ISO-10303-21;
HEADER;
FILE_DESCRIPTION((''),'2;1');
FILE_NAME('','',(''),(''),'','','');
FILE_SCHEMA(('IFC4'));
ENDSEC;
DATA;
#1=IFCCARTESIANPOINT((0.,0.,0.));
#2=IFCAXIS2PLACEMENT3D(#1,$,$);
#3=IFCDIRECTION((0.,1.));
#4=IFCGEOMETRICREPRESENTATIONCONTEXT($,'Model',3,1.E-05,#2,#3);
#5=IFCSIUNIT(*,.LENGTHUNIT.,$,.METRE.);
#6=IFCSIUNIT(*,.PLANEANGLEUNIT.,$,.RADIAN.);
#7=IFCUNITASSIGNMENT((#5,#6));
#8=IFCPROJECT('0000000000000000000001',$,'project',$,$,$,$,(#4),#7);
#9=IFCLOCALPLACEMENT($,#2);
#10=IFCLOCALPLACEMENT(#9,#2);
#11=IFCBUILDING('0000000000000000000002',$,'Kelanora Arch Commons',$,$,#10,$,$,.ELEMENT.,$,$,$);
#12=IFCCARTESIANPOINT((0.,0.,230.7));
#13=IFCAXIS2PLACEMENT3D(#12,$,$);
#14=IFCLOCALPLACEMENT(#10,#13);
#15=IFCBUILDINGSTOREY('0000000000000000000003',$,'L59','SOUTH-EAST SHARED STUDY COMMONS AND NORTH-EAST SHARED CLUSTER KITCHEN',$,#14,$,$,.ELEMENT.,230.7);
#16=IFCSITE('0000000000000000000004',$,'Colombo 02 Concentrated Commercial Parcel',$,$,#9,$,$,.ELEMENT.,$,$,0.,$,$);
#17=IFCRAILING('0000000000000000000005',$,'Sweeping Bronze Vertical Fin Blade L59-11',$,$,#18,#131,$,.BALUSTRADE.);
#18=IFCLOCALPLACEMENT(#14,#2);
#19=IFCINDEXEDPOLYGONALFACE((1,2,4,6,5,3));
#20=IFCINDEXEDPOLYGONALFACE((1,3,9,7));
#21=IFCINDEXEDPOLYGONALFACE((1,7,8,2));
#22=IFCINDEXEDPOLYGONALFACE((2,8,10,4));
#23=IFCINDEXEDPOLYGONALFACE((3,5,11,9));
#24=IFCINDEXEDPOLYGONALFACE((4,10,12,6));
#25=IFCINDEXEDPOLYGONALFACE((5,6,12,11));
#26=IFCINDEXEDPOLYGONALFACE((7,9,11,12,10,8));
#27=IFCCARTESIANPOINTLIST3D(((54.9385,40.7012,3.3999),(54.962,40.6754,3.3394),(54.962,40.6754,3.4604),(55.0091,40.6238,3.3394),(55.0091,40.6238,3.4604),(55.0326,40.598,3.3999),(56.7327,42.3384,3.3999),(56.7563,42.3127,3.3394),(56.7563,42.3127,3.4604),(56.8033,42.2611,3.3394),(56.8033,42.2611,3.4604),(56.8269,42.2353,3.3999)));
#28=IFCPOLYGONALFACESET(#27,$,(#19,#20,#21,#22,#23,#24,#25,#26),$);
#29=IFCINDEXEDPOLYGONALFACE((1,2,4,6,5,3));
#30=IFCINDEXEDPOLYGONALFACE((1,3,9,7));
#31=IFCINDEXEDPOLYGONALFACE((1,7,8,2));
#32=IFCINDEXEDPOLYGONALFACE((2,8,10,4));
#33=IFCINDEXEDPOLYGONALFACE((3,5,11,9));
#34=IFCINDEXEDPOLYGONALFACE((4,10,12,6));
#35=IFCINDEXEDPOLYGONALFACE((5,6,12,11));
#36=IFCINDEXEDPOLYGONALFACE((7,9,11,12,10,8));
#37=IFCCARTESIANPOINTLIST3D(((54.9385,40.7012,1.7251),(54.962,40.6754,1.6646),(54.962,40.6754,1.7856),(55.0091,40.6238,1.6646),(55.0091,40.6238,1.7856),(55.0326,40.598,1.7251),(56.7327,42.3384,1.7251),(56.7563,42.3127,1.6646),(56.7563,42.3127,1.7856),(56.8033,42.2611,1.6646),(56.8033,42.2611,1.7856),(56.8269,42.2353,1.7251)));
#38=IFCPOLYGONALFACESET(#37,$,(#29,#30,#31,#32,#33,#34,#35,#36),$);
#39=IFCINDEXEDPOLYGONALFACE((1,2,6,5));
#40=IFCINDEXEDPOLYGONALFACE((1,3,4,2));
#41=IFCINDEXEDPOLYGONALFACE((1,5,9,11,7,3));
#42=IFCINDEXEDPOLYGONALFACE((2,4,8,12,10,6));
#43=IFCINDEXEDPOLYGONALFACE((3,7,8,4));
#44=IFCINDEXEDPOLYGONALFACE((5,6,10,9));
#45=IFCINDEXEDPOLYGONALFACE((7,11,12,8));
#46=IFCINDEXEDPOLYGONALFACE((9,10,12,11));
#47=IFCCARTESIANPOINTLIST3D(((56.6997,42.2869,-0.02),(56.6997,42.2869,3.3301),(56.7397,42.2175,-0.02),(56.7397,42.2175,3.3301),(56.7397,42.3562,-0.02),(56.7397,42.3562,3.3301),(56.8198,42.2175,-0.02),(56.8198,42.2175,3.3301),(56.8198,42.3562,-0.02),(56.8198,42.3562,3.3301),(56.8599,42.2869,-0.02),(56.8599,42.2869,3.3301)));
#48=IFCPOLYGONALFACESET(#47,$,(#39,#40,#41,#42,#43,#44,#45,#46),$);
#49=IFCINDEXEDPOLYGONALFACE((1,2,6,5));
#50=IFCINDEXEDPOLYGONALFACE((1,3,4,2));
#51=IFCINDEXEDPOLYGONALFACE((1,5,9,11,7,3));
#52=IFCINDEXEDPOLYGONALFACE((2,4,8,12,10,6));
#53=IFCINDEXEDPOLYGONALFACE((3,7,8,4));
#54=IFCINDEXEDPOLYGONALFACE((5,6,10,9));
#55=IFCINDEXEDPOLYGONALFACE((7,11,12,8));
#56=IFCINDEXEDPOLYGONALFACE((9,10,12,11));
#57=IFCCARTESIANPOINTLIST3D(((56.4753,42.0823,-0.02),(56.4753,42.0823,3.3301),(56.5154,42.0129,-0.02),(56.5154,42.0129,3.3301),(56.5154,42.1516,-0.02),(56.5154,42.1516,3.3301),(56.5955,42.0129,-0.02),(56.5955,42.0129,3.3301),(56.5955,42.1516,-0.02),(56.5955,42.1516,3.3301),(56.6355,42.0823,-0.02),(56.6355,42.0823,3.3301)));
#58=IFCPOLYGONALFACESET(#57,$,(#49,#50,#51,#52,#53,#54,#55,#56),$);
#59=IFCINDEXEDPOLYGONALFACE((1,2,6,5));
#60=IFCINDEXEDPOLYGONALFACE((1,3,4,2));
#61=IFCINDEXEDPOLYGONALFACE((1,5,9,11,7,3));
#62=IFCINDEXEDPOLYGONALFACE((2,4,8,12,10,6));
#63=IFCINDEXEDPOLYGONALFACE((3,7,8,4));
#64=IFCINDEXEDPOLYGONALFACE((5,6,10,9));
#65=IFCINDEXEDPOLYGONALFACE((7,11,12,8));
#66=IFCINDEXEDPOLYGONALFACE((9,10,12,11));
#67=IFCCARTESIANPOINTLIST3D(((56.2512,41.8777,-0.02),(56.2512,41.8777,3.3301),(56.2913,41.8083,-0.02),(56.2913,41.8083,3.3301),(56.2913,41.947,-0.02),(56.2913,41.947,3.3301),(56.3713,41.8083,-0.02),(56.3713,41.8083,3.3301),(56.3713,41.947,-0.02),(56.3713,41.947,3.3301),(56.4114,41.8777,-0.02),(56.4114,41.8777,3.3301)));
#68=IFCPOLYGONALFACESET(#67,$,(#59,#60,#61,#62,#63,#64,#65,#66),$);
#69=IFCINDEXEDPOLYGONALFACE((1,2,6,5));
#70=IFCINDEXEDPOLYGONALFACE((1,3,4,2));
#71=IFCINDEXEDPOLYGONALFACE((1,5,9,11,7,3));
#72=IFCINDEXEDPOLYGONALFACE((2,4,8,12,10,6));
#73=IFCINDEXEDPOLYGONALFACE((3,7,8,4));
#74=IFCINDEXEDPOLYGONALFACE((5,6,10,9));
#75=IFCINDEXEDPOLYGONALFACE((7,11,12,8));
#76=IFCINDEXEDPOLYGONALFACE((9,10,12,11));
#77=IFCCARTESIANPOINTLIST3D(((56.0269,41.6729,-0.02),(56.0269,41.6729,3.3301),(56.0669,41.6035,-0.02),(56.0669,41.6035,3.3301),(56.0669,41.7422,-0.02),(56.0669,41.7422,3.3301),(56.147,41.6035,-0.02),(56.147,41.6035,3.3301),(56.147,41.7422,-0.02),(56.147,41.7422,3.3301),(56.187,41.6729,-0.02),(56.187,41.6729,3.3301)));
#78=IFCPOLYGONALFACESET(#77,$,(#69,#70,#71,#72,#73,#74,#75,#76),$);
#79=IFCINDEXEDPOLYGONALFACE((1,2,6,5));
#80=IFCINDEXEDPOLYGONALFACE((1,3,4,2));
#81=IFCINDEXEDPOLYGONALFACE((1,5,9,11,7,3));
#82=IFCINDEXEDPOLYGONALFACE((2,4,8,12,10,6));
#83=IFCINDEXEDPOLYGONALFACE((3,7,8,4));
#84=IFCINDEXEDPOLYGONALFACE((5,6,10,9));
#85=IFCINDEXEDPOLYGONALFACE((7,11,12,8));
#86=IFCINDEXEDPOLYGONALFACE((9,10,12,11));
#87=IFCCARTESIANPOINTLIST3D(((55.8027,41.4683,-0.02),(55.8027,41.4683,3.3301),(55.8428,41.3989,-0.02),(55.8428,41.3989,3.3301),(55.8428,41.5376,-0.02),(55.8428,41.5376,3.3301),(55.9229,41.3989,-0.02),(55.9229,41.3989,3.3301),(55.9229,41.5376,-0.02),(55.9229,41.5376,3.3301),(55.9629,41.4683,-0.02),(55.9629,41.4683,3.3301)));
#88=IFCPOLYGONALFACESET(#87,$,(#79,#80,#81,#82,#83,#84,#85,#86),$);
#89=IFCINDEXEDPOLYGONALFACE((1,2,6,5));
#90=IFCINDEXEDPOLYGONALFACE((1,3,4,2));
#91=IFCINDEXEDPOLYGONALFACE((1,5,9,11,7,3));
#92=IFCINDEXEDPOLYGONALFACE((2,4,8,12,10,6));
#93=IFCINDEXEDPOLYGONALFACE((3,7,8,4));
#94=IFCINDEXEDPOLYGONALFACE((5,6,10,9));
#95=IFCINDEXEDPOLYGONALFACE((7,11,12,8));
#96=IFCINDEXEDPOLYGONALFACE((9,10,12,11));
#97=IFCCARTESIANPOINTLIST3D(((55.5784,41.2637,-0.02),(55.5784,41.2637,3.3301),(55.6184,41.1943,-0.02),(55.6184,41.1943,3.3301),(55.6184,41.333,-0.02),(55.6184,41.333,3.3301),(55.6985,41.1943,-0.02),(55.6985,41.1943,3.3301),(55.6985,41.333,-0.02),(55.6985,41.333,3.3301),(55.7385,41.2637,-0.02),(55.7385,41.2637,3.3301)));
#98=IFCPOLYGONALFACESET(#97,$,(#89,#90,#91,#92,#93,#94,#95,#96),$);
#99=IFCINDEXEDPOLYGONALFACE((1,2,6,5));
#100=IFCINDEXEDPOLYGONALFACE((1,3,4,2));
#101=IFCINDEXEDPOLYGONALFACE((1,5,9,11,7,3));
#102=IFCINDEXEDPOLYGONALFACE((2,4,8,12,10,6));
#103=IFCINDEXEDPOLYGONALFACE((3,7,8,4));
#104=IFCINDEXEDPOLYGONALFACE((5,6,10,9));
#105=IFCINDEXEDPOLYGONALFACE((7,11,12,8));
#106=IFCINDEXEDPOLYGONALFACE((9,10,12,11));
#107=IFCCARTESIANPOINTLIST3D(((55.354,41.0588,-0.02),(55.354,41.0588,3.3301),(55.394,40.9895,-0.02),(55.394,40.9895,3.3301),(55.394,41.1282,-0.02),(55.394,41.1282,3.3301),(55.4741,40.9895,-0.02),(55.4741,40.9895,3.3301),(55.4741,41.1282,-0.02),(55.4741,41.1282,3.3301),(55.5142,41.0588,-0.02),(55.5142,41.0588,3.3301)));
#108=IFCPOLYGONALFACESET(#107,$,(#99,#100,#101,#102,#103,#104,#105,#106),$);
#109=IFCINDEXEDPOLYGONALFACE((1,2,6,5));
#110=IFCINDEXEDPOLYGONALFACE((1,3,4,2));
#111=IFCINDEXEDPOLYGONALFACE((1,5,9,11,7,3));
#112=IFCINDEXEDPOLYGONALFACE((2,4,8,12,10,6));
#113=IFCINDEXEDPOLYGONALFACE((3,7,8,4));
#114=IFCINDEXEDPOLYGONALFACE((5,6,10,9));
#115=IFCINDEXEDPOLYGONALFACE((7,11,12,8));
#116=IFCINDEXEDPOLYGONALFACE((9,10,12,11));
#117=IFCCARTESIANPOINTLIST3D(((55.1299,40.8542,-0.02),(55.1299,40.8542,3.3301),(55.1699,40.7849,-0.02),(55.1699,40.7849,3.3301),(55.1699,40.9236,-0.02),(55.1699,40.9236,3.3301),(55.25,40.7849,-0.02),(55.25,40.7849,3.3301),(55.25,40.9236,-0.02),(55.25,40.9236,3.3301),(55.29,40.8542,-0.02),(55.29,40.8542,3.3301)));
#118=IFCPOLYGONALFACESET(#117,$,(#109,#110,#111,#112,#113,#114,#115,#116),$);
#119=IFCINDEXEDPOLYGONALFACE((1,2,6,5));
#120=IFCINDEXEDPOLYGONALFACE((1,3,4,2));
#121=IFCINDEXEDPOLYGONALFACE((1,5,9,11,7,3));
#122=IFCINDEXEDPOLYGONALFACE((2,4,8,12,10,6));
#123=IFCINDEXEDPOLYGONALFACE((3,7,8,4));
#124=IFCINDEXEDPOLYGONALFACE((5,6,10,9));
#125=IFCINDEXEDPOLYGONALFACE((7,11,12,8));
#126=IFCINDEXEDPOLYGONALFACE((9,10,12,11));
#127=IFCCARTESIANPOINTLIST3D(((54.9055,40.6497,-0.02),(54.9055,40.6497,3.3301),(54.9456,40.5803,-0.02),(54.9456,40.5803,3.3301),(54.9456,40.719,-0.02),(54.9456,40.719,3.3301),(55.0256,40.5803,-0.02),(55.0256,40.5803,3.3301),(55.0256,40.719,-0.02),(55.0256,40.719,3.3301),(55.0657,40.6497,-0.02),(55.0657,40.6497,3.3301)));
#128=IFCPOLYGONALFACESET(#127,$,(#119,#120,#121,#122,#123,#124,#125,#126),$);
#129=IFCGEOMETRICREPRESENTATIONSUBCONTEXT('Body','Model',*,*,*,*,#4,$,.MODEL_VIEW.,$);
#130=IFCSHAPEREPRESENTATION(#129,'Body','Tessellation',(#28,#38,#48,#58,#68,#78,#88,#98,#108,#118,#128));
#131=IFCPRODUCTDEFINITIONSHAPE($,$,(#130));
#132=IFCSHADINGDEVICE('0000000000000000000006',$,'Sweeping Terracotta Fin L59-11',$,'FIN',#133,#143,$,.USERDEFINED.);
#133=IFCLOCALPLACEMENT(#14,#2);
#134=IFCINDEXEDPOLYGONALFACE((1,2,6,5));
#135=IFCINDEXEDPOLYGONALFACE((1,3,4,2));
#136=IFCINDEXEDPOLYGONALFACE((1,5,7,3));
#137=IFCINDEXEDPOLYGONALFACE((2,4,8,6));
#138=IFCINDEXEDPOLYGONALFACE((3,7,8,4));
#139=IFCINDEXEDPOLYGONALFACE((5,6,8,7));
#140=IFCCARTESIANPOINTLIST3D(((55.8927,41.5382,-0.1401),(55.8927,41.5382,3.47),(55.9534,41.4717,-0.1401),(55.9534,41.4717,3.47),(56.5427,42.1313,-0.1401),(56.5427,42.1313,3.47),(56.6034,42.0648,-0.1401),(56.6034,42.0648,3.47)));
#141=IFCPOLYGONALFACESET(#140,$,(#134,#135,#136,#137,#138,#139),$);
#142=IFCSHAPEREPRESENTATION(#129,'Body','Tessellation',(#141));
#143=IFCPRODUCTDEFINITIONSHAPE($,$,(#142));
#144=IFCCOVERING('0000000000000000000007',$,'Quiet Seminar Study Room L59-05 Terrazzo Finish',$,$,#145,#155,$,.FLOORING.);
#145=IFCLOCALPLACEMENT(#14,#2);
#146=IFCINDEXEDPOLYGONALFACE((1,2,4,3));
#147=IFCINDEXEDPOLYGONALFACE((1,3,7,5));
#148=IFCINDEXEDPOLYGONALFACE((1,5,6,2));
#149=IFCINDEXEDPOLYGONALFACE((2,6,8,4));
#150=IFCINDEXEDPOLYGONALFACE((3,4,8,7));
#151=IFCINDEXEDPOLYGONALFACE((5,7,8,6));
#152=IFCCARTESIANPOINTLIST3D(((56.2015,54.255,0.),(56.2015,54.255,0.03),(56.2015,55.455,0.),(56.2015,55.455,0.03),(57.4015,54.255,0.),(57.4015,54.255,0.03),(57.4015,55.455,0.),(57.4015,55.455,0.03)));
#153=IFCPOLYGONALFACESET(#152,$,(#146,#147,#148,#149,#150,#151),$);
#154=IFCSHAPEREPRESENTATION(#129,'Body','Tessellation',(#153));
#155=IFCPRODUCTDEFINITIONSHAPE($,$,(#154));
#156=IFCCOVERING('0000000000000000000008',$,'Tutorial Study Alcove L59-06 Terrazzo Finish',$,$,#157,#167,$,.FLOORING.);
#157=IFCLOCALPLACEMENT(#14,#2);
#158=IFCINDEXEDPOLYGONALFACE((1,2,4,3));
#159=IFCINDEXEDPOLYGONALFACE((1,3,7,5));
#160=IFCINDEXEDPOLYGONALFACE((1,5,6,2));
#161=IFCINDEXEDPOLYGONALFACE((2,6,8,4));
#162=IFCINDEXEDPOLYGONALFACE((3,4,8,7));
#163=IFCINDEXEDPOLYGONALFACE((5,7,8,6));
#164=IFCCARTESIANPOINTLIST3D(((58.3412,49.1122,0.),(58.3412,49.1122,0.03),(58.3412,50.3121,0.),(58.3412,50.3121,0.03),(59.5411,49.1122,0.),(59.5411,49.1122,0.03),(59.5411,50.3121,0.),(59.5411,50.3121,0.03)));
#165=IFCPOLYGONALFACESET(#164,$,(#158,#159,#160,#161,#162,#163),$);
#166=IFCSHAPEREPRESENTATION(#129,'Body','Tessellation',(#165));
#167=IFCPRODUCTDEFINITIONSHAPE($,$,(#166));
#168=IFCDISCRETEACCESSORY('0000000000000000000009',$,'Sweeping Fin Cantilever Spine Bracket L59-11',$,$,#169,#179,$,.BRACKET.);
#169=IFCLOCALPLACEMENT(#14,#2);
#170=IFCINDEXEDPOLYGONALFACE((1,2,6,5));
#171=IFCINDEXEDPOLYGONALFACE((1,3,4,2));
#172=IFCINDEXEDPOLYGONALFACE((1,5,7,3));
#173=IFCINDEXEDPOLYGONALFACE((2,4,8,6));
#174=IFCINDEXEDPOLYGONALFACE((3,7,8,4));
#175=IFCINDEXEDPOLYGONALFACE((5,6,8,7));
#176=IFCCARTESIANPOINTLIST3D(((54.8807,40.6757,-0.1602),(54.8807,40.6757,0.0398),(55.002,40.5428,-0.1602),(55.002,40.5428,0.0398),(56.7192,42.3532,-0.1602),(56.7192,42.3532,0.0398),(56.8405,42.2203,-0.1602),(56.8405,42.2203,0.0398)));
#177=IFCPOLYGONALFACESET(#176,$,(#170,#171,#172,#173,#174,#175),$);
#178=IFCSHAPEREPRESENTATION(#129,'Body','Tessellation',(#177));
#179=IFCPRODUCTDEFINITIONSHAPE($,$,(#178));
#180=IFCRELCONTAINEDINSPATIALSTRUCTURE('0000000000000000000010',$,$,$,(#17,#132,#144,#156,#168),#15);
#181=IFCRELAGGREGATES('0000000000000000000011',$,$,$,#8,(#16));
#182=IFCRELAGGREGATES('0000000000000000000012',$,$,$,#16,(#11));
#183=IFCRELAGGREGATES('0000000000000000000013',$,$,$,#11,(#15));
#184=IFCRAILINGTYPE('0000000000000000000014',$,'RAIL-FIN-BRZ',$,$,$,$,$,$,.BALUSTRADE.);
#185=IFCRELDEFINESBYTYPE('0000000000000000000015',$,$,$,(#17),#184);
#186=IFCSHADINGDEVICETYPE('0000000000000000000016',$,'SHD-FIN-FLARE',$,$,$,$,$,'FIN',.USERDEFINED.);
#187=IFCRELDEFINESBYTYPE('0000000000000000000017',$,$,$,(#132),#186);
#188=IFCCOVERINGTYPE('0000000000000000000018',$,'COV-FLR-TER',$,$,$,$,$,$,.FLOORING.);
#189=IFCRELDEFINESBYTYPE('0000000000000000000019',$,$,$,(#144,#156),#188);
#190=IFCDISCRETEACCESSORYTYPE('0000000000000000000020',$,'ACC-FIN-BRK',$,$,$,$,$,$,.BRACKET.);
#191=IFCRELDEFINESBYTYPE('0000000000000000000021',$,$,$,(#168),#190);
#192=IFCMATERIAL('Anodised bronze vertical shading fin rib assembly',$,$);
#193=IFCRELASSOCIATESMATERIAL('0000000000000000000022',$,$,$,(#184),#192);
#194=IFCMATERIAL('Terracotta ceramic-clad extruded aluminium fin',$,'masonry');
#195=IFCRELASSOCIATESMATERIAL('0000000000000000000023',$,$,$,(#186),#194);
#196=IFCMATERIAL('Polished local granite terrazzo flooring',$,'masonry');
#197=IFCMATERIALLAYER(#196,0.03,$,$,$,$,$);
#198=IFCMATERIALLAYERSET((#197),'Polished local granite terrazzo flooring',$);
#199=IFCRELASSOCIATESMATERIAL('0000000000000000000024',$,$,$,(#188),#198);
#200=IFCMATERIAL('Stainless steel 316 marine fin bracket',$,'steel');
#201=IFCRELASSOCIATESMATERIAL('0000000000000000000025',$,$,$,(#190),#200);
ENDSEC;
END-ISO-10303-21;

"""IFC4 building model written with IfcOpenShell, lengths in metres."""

from ifc_helpers import new_model, si_unit, direction, frame, origin, origin_2d, place, context, subcontext, project, spatial, polyline, rectangle, outline, extrude, source, transform, mapped, material, layer, layer_set, type_object, element, save


model = new_model("IFC4")

# Units and contexts
model_context = context("Model", 3, precision=1e-05, world=origin(), true_north=direction((0.0, 1.0)))
body_context = subcontext(model_context, "Body", "Model", "MODEL_VIEW")
ifc_project = project(units=[si_unit("LENGTHUNIT", "METRE"), si_unit("PLANEANGLEUNIT", "RADIAN")], contexts=[model_context])

# Site, building, storey
site_placement = place(None, origin())
site = spatial("IfcSite", under=ifc_project, at=site_placement, Name="Colombo 02 Concentrated Commercial Parcel", CompositionType="ELEMENT", RefElevation=0.0)
building_placement = place(site_placement, origin())
building = spatial("IfcBuilding", under=site, at=building_placement, Name="Kelanora Arch Commons", CompositionType="ELEMENT")
storey_placement = place(building_placement, frame((0.0, 0.0, 230.7)))
storey = spatial("IfcBuildingStorey", under=building, at=storey_placement, Name="L59", Description="SOUTH-EAST SHARED STUDY COMMONS AND NORTH-EAST SHARED CLUSTER KITCHEN", CompositionType="ELEMENT", Elevation=230.7)

# Railing
ifc_material_1 = material(Name="Anodised bronze vertical shading fin rib assembly")
railing_type = type_object("IfcRailingType", Name="RAIL-FIN-BRZ", PredefinedType="BALUSTRADE", material=ifc_material_1)
railing_placement = place(storey_placement, frame((56.7798, 42.2869, -0.02)))
element("IfcRailing", 1, at=railing_placement, inside=storey, type_object=railing_type, Name="Sweeping Bronze Vertical Fin Blade L59-11", PredefinedType="BALUSTRADE", context=body_context, shape_type="SweptSolid", body=[
    extrude(outline(polyline([(0.0698, 0.0), (0.0349, 0.0605), (-0.0349, 0.0605), (-0.0698, 0.0), (-0.0349, -0.0605), (0.0349, -0.0605), (0.0698, 0.0)])), frame((0.0, 0.0, 3.4199), z_axis=(-0.738683, -0.674052, 0.0), x_axis=(0.674052, -0.738683, 0.0)), (0.0, 0.0, 1.0), 2.429),
    extrude(outline(polyline([(0.0698, 0.0), (0.0349, 0.0605), (-0.0349, 0.0605), (-0.0698, 0.0), (-0.0349, -0.0605), (0.0349, -0.0605), (0.0698, 0.0)])), frame((0.0, 0.0, 1.7451), z_axis=(-0.738683, -0.674052, 0.0), x_axis=(0.674052, -0.738683, 0.0)), (0.0, 0.0, 1.0), 2.429),
    extrude(outline(polyline([(0.0801, 0.0), (0.04, 0.0693), (-0.04, 0.0693), (-0.0801, 0.0), (-0.04, -0.0693), (0.04, -0.0693), (0.0801, 0.0)])), origin(), (0.0, 0.0, 1.0), 3.3501),
    extrude(outline(polyline([(0.0801, 0.0), (0.04, 0.0693), (-0.04, 0.0693), (-0.0801, 0.0), (-0.04, -0.0693), (0.04, -0.0693), (0.0801, 0.0)])), frame((-0.2244, -0.2046, 0.0)), (0.0, 0.0, 1.0), 3.3501),
    extrude(outline(polyline([(0.0801, 0.0), (0.04, 0.0693), (-0.04, 0.0693), (-0.0801, 0.0), (-0.04, -0.0693), (0.04, -0.0693), (0.0801, 0.0)])), frame((-0.4485, -0.4092, 0.0)), (0.0, 0.0, 1.0), 3.3501),
    extrude(outline(polyline([(0.0801, 0.0), (0.04, 0.0693), (-0.04, 0.0693), (-0.0801, 0.0), (-0.04, -0.0693), (0.04, -0.0693), (0.0801, 0.0)])), frame((-0.6729, -0.614, 0.0)), (0.0, 0.0, 1.0), 3.3501),
    extrude(outline(polyline([(0.0801, 0.0), (0.04, 0.0693), (-0.04, 0.0693), (-0.0801, 0.0), (-0.04, -0.0693), (0.04, -0.0693), (0.0801, 0.0)])), frame((-0.897, -0.8186, 0.0)), (0.0, 0.0, 1.0), 3.3501),
    extrude(outline(polyline([(0.0801, 0.0), (0.04, 0.0693), (-0.04, 0.0693), (-0.0801, 0.0), (-0.04, -0.0693), (0.04, -0.0693), (0.0801, 0.0)])), frame((-1.1213, -1.0232, 0.0)), (0.0, 0.0, 1.0), 3.3501),
    extrude(outline(polyline([(0.0801, 0.0), (0.04, 0.0693), (-0.04, 0.0693), (-0.0801, 0.0), (-0.04, -0.0693), (0.04, -0.0693), (0.0801, 0.0)])), frame((-1.3457, -1.228, 0.0)), (0.0, 0.0, 1.0), 3.3501),
    extrude(outline(polyline([(0.0801, 0.0), (0.04, 0.0693), (-0.04, 0.0693), (-0.0801, 0.0), (-0.04, -0.0693), (0.04, -0.0693), (0.0801, 0.0)])), frame((-1.5698, -1.4326, 0.0)), (0.0, 0.0, 1.0), 3.3501),
    extrude(outline(polyline([(0.0801, 0.0), (0.04, 0.0693), (-0.04, 0.0693), (-0.0801, 0.0), (-0.04, -0.0693), (0.04, -0.0693), (0.0801, 0.0)])), frame((-1.7942, -1.6372, 0.0)), (0.0, 0.0, 1.0), 3.3501),
])

# Shading device
ifc_material_2 = material(Name="Terracotta ceramic-clad extruded aluminium fin", Category="masonry")
shading_device_type = type_object("IfcShadingDeviceType", Name="SHD-FIN-FLARE", ElementType="FIN", PredefinedType="USERDEFINED", material=ifc_material_2)
shared_shape_1 = source(origin(), body_context, "Body", "SweptSolid", [
    extrude(rectangle(XDim=0.8799, YDim=0.0901, at=origin_2d()), origin(), (0.0, 0.0, 1.0), 3.6101),
])
shading_device_placement = place(storey_placement, frame((56.248, 41.8015, -0.1401), z_axis=(0.0, 0.0, 1.0), x_axis=(-0.738691, -0.674045, 0.0)))
element("IfcShadingDevice", 2, at=shading_device_placement, inside=storey, type_object=shading_device_type, Name="Sweeping Terracotta Fin L59-11", ObjectType="FIN", PredefinedType="USERDEFINED", context=body_context, shape_type="MappedRepresentation", body=[
    mapped(shared_shape_1, transform((0.0, 0.0, 0.0), scale=1.0)),
])

# Coverings
ifc_material_3 = material(Name="Polished local granite terrazzo flooring", Category="masonry")
ifc_layer_1 = layer(ifc_material_3, 0.03)
ifc_layer_set_1 = layer_set([ifc_layer_1], Name="Polished local granite terrazzo flooring")
covering_type = type_object("IfcCoveringType", Name="COV-FLR-TER", PredefinedType="FLOORING", material=ifc_layer_set_1)
shared_shape_2 = source(origin(), body_context, "Body", "SweptSolid", [
    extrude(rectangle(XDim=1.2, YDim=1.2, at=origin_2d()), origin(), (0.0, 0.0, 1.0), 0.03),
])
for number, where, z_axis, x_axis, name in (
    (3, (56.8015, 54.855, 0.0), (0.0, 0.0, 1.0), (1.0, 0.0, 0.0), "Quiet Seminar Study Room L59-05 Terrazzo Finish"),
    (4, (58.9412, 49.7122, 0.0), (0.0, 0.0, 1.0), (1.0, 0.0, 0.0), "Tutorial Study Alcove L59-06 Terrazzo Finish"),
):
    element("IfcCovering", number, at=place(storey_placement, frame(where, z_axis=z_axis, x_axis=x_axis)), inside=storey, type_object=covering_type, Name=name, PredefinedType="FLOORING", context=body_context, shape_type="MappedRepresentation", body=[
        mapped(shared_shape_2, transform((0.0, 0.0, 0.0), scale=1.0)),
    ])

# Discrete accessory
ifc_material_4 = material(Name="Stainless steel 316 marine fin bracket", Category="steel")
discrete_accessory_type = type_object("IfcDiscreteAccessoryType", Name="ACC-FIN-BRK", PredefinedType="BRACKET", material=ifc_material_4)
shared_shape_3 = source(origin(), body_context, "Body", "SweptSolid", [
    extrude(rectangle(XDim=2.4888, YDim=0.1799, at=origin_2d()), origin(), (0.0, 0.0, 1.0), 0.2),
])
discrete_accessory_placement = place(storey_placement, frame((55.8606, 41.448, -0.1602), z_axis=(0.0, 0.0, 1.0), x_axis=(-0.738691, -0.674045, 0.0)))
element("IfcDiscreteAccessory", 5, at=discrete_accessory_placement, inside=storey, type_object=discrete_accessory_type, Name="Sweeping Fin Cantilever Spine Bracket L59-11", PredefinedType="BRACKET", context=body_context, shape_type="MappedRepresentation", body=[
    mapped(shared_shape_3, transform((0.0, 0.0, 0.0), scale=1.0)),
])

save(model, "model.ifc")
